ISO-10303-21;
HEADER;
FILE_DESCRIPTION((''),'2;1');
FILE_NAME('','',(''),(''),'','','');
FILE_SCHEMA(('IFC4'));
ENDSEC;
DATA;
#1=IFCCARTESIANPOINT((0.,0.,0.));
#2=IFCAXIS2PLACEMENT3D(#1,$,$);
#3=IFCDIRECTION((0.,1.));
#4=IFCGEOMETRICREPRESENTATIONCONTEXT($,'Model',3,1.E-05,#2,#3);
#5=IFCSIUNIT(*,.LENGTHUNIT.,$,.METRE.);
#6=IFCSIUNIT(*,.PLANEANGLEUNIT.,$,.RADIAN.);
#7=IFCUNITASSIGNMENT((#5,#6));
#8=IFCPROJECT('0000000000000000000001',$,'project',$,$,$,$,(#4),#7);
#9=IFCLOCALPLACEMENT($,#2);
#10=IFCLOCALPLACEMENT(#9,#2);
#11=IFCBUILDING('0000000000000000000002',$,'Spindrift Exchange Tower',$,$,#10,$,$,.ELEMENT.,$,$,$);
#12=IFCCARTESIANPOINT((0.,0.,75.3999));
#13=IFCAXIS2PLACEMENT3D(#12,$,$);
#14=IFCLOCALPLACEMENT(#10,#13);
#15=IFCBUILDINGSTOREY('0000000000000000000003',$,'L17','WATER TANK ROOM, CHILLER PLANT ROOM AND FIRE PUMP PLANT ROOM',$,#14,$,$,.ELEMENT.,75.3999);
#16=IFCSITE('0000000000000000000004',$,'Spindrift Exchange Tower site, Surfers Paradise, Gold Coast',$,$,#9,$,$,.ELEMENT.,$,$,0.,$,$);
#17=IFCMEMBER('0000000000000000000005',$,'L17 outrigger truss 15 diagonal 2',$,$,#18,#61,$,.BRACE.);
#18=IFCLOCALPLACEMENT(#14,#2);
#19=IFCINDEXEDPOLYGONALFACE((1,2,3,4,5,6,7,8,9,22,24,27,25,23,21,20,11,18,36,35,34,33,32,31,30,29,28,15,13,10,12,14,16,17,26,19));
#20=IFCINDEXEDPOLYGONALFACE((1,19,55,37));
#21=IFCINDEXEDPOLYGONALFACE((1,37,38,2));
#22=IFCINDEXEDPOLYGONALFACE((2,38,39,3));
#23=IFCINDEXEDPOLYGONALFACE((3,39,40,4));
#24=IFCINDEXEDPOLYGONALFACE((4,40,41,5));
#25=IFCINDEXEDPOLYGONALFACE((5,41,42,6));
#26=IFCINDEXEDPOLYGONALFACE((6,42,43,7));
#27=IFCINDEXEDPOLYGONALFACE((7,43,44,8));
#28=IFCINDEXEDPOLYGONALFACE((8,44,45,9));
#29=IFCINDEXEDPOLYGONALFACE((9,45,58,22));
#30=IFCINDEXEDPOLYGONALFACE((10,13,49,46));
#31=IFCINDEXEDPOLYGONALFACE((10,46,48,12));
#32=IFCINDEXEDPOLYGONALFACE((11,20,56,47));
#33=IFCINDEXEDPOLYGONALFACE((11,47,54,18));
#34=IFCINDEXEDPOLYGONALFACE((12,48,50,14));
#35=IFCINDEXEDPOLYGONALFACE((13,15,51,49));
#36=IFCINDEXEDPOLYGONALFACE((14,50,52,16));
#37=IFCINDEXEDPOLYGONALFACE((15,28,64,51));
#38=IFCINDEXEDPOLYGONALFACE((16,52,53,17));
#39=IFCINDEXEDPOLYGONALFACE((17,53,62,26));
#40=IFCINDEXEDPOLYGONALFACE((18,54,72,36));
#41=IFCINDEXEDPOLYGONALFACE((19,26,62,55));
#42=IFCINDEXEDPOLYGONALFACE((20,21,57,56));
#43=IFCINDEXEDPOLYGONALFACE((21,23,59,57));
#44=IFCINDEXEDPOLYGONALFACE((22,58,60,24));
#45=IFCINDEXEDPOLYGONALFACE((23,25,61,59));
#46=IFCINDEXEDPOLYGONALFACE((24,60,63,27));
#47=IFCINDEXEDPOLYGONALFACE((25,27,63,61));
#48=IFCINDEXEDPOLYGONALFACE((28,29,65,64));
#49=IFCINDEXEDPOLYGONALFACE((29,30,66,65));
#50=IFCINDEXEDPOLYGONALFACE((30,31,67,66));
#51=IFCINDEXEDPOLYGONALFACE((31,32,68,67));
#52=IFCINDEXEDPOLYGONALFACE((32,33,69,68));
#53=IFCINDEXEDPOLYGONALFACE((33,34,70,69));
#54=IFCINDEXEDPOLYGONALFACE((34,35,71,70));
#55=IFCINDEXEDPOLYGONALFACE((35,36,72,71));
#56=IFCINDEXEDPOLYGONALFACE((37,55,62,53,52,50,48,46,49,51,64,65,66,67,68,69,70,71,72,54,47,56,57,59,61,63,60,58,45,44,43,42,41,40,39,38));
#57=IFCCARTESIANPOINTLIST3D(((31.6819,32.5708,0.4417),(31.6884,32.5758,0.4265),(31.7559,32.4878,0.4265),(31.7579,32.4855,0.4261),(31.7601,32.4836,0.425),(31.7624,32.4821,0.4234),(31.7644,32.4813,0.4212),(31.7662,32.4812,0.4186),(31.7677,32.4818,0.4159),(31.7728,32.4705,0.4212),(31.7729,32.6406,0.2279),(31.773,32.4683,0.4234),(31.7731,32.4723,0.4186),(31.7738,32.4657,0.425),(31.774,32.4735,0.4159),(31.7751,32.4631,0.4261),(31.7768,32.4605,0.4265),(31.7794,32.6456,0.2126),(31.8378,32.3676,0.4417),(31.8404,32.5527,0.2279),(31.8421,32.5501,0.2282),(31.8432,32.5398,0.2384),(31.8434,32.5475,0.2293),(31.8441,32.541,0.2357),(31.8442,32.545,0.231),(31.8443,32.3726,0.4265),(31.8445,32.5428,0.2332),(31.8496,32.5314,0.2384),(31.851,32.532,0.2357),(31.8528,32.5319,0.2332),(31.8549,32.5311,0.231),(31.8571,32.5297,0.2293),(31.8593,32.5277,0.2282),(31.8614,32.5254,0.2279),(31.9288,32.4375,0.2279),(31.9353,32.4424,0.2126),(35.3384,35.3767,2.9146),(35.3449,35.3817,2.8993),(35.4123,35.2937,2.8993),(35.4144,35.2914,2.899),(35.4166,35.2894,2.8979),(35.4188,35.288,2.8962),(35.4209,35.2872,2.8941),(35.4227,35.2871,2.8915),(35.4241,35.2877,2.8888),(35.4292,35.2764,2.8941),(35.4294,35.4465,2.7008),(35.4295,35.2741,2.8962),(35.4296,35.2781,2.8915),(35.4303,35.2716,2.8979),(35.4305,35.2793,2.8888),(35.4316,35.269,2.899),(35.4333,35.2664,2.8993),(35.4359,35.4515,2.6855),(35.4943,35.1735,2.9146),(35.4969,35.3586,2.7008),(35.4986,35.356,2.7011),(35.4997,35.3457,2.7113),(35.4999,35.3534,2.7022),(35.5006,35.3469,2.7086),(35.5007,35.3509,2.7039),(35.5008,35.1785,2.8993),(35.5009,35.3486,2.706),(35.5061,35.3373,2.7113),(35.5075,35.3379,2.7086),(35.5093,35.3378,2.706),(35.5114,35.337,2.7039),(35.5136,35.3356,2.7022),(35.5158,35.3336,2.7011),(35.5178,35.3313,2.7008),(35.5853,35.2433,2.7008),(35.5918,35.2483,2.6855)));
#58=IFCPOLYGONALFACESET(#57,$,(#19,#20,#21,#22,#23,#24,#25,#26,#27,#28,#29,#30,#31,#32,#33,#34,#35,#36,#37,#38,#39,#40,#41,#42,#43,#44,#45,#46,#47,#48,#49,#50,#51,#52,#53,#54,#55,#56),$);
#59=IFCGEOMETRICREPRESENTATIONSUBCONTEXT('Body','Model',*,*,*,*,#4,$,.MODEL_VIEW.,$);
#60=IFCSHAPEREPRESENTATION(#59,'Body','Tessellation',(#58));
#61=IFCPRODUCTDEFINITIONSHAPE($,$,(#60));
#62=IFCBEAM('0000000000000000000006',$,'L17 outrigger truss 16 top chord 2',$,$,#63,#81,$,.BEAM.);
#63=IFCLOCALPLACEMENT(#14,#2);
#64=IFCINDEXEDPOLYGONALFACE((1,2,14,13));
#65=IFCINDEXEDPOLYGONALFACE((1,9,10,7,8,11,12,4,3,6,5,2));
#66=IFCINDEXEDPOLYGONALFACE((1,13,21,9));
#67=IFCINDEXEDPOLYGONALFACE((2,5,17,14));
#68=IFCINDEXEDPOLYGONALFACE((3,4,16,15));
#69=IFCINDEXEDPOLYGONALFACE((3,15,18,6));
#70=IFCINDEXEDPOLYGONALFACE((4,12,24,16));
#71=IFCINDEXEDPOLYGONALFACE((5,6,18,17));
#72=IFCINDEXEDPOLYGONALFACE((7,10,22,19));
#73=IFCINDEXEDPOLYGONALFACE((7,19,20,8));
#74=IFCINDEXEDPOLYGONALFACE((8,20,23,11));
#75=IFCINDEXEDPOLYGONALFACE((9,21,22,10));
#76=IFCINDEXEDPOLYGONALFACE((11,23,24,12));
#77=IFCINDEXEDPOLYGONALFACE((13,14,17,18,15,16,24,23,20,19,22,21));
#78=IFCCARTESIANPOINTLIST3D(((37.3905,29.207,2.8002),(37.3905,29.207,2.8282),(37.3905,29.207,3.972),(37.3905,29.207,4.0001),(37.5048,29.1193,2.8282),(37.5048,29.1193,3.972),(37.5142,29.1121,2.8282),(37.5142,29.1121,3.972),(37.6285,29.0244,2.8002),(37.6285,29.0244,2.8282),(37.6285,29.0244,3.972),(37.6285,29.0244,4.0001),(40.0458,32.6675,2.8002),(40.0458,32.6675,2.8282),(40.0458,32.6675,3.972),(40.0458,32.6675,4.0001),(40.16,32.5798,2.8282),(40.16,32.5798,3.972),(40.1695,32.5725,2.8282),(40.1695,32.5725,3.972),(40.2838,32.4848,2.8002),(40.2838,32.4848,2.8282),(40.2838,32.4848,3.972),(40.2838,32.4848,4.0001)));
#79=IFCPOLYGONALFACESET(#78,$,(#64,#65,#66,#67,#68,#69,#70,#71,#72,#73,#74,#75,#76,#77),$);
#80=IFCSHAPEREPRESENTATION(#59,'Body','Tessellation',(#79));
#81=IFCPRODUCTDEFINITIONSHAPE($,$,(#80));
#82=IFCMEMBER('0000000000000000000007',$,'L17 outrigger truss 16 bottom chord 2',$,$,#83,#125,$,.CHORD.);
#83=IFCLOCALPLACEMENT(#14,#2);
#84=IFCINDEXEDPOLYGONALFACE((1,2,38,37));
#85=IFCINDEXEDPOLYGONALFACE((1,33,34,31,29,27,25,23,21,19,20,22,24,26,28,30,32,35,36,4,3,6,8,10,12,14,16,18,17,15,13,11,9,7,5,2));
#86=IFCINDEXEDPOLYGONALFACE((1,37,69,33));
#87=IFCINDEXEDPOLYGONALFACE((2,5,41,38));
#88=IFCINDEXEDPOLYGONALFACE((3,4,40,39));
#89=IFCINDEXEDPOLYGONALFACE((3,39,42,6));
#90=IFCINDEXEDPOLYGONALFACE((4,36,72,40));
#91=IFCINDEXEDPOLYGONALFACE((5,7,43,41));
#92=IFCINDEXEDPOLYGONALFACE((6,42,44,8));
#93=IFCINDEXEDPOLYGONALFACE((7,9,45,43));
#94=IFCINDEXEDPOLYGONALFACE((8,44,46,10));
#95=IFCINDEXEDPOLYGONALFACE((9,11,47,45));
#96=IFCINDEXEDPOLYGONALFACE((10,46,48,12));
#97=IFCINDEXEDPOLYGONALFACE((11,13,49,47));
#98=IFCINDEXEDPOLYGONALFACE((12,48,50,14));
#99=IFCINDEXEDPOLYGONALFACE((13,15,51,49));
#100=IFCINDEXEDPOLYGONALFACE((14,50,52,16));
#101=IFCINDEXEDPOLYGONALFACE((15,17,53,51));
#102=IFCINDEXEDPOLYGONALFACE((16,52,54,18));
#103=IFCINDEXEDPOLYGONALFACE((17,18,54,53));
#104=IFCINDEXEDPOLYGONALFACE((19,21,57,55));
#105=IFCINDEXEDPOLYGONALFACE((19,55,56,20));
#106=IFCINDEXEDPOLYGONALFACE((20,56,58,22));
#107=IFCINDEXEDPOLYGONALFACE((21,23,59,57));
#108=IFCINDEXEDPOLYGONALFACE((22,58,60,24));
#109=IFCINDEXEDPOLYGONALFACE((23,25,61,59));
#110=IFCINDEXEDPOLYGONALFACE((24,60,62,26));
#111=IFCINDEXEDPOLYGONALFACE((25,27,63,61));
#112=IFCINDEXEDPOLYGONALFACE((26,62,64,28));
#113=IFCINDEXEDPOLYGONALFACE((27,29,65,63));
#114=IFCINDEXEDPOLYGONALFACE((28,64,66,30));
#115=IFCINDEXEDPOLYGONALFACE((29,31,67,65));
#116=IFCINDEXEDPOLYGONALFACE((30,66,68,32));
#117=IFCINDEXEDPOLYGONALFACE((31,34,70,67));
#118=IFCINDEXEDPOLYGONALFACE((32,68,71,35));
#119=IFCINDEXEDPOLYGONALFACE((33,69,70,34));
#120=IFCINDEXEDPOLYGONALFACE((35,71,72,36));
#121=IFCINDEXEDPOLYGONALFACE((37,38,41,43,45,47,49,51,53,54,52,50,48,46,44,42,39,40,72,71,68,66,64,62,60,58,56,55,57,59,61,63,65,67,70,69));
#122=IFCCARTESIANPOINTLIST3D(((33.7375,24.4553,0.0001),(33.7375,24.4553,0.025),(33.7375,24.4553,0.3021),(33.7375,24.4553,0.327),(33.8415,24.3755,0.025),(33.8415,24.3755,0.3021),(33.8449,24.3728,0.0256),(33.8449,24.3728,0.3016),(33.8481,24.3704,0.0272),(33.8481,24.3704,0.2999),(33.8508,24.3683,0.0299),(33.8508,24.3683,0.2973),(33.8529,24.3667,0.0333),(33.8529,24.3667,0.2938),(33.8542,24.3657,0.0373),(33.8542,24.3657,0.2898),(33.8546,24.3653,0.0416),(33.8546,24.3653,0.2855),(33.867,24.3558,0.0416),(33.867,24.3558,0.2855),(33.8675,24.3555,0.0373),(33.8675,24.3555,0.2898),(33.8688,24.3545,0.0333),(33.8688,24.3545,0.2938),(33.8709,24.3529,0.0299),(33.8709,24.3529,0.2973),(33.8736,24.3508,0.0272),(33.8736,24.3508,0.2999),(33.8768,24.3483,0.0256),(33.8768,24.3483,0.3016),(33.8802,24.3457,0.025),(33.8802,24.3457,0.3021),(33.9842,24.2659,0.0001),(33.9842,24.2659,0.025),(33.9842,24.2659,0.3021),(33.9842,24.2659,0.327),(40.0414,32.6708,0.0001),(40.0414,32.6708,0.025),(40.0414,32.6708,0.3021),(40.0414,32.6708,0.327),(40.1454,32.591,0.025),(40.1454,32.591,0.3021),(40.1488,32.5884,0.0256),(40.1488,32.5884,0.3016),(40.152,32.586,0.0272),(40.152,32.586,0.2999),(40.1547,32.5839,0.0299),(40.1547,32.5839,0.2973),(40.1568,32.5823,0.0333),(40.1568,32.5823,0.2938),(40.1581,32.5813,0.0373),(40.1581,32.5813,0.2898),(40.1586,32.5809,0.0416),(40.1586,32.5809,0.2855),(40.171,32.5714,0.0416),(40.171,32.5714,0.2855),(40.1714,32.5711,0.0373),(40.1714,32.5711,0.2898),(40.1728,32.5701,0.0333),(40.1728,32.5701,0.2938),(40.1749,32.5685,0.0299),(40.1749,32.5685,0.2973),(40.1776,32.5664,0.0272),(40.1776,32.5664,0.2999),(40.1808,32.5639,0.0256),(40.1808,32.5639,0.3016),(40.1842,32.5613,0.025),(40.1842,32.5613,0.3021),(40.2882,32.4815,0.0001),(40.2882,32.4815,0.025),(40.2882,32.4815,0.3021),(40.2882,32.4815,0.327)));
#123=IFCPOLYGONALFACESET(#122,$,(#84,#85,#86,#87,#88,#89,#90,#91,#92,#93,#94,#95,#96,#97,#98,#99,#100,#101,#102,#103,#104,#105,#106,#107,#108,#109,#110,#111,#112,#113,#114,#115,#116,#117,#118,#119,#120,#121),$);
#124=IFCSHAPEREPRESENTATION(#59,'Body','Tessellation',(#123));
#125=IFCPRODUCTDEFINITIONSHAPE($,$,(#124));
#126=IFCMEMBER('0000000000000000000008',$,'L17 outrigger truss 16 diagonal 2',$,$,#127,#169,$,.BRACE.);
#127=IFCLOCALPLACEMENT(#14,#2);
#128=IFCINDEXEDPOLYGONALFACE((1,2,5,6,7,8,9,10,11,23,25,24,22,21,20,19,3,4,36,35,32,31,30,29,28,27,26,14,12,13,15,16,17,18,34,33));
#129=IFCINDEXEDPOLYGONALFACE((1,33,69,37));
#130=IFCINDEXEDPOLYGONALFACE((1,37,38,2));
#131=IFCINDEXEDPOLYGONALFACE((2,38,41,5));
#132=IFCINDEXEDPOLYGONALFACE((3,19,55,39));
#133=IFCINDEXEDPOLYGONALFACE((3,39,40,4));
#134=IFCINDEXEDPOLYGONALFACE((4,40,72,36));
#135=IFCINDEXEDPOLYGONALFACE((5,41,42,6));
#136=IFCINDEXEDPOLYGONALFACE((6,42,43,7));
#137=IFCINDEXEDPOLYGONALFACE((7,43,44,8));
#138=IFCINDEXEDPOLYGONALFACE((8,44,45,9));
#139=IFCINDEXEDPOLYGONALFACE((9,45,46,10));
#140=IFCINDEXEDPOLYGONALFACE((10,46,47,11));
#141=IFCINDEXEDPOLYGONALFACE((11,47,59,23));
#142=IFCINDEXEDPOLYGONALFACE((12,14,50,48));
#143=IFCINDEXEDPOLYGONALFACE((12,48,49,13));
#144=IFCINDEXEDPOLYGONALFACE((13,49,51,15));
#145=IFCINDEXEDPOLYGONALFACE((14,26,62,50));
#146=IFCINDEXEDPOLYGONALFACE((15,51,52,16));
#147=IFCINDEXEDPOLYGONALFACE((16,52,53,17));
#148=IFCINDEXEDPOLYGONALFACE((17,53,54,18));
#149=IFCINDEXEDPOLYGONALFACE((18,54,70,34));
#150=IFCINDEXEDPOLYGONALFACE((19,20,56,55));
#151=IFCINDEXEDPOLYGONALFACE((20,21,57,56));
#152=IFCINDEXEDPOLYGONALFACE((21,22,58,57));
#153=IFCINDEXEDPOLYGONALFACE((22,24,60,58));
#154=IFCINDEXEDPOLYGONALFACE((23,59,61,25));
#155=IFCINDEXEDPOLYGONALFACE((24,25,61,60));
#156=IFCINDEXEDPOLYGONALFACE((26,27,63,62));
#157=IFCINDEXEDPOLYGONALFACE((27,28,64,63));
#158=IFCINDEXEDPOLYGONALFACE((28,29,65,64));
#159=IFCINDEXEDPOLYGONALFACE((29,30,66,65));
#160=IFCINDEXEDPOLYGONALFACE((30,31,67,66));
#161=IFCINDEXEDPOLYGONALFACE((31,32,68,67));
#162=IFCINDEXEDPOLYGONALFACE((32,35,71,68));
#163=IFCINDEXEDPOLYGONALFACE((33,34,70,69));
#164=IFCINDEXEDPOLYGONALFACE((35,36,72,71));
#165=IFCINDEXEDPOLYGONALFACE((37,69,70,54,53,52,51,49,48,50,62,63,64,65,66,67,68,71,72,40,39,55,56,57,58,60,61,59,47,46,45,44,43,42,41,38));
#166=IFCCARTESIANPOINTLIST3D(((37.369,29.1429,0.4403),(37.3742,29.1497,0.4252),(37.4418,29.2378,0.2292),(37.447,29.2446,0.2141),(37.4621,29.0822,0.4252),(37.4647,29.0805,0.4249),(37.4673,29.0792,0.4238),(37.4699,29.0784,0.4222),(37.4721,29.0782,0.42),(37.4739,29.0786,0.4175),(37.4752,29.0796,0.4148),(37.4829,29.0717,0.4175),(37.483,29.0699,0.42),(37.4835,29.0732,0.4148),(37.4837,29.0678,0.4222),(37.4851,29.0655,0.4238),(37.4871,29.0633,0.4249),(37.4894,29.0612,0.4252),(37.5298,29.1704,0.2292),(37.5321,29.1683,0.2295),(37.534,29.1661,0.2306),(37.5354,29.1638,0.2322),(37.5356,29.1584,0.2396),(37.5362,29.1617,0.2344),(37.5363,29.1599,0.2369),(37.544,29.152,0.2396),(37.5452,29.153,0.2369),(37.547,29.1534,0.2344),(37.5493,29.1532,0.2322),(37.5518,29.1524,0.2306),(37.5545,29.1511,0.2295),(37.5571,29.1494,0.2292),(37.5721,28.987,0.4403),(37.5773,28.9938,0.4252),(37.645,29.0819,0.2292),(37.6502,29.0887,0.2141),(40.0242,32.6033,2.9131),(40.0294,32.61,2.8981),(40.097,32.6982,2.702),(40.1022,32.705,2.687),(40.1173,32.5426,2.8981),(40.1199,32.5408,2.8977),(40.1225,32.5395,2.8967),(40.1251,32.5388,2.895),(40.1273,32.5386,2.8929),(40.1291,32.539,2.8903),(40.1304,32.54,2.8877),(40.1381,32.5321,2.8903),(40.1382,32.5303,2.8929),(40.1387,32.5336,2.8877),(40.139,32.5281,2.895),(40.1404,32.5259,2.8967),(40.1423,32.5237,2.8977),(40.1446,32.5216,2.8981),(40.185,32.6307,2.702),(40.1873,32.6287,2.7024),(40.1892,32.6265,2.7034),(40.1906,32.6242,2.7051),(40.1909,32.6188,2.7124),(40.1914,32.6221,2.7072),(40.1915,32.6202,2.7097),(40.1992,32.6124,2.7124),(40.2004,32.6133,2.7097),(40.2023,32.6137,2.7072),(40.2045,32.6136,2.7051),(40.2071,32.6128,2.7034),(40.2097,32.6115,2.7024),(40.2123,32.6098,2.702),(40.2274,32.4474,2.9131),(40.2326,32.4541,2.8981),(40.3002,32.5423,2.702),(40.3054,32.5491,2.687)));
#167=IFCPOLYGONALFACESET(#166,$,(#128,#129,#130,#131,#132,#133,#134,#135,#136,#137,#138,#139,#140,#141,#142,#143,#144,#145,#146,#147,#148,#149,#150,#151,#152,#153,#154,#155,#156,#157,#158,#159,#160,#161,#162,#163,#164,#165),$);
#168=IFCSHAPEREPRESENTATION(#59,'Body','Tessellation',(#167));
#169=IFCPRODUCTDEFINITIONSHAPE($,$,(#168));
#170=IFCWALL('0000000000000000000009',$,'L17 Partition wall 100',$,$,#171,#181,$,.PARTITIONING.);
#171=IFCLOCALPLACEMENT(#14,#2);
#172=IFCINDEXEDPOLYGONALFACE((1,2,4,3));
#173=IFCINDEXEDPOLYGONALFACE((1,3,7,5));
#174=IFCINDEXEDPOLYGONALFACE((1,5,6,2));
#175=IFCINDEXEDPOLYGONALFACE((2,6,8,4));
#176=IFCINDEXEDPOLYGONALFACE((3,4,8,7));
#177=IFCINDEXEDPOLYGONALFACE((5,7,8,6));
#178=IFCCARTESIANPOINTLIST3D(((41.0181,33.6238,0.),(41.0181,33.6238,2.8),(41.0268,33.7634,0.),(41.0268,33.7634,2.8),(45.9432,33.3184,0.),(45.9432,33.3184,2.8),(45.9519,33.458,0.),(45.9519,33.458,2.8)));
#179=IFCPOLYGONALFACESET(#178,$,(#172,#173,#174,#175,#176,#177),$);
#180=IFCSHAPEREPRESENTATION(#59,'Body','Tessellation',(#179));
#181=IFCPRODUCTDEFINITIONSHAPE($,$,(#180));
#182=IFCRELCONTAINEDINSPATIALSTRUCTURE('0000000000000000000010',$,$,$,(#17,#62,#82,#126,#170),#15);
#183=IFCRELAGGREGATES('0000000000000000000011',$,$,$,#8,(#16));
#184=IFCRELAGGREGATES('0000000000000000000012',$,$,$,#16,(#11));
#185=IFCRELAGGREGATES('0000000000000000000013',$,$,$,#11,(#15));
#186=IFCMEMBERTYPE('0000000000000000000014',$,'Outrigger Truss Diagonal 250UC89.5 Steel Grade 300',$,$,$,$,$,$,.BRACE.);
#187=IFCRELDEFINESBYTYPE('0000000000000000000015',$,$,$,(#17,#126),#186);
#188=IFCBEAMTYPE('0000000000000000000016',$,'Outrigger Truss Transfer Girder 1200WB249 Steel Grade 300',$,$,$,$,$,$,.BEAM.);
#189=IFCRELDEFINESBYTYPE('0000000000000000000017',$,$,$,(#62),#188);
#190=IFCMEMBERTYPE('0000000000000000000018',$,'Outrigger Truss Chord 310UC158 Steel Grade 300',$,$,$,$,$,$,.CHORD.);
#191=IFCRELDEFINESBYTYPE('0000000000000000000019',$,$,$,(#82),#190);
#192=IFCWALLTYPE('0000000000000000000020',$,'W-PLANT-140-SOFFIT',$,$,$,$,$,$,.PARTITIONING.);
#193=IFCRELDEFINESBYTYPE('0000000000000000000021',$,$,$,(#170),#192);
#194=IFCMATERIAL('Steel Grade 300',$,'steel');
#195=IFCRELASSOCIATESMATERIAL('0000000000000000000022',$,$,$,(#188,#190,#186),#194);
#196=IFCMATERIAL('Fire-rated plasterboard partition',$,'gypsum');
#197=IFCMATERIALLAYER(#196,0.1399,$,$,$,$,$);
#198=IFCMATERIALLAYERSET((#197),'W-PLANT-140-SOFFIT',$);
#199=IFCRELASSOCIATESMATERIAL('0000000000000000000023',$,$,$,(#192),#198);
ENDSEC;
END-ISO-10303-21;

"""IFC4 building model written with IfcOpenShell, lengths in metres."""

from ifc_helpers import new_model, si_unit, direction, frame, frame_2d, origin, origin_2d, place, context, subcontext, project, spatial, rectangle, i_section, extrude, source, transform, mapped, material, layer, layer_set, material_profile, profile_set, type_object, element, save


model = new_model("IFC4")

# Units and contexts
model_context = context("Model", 3, precision=1e-05, world=origin(), true_north=direction((0.0, 1.0)))
body_context = subcontext(model_context, "Body", "Model", "MODEL_VIEW")
ifc_project = project(units=[si_unit("LENGTHUNIT", "METRE"), si_unit("PLANEANGLEUNIT", "RADIAN")], contexts=[model_context])

# Site, building, storey
site_placement = place(None, origin())
site = spatial("IfcSite", under=ifc_project, at=site_placement, Name="Spindrift Exchange Tower site, Surfers Paradise, Gold Coast", CompositionType="ELEMENT", RefElevation=0.0)
building_placement = place(site_placement, origin())
building = spatial("IfcBuilding", under=site, at=building_placement, Name="Spindrift Exchange Tower", CompositionType="ELEMENT")
storey_placement = place(building_placement, frame((0.0, 0.0, 75.3999)))
storey = spatial("IfcBuildingStorey", under=building, at=storey_placement, Name="L17", Description="WATER TANK ROOM, CHILLER PLANT ROOM AND FIRE PUMP PLANT ROOM", CompositionType="ELEMENT", Elevation=75.3999)

# Shared definitions
ifc_material_1 = material(Name="Steel Grade 300", Category="steel")
ifc_material_profile_1 = material_profile(ifc_material_1, i_section(OverallWidth=0.3, OverallDepth=1.2, WebThickness=0.012, FlangeThickness=0.0281, at=origin_2d()), Name="1200WB249")
ifc_profile_set_1 = profile_set([ifc_material_profile_1], Name="Steel Grade 300")
beam_type = type_object("IfcBeamType", Name="Outrigger Truss Transfer Girder 1200WB249 Steel Grade 300", PredefinedType="BEAM", material=ifc_profile_set_1)

# Member
ifc_material_profile_2 = material_profile(ifc_material_1, i_section(OverallWidth=0.311, OverallDepth=0.3269, WebThickness=0.0156, FlangeThickness=0.0249, FilletRadius=0.0166, at=origin_2d()), Name="310UC158")
ifc_profile_set_2 = profile_set([ifc_material_profile_2], Name="Steel Grade 300")
member_type_1 = type_object("IfcMemberType", Name="Outrigger Truss Chord 310UC158 Steel Grade 300", PredefinedType="CHORD", material=ifc_profile_set_2)
ifc_material_profile_3 = material_profile(ifc_material_1, i_section(OverallWidth=0.2561, OverallDepth=0.26, WebThickness=0.0105, FlangeThickness=0.0173, FilletRadius=0.012, at=origin_2d()), Name="250UC89.5")
ifc_profile_set_3 = profile_set([ifc_material_profile_3], Name="Steel Grade 300")
member_type_2 = type_object("IfcMemberType", Name="Outrigger Truss Diagonal 250UC89.5 Steel Grade 300", PredefinedType="BRACE", material=ifc_profile_set_3)
shared_shape_1 = source(origin(), body_context, "Body", "SweptSolid", [
    extrude(i_section(OverallWidth=0.2561, OverallDepth=0.26, WebThickness=0.0105, FlangeThickness=0.0173, FilletRadius=0.012, at=origin_2d()), origin(), (0.0, 0.0, 1.0), 5.2305),
])
member_1_placement = place(storey_placement, frame((35.4651, 35.3125, 2.8), z_axis=(-0.699069, -0.53645, -0.472783), x_axis=(0.608786, -0.793334, 0.0)))
element("IfcMember", 1, at=member_1_placement, inside=storey, type_object=member_type_2, Name="L17 outrigger truss 15 diagonal 2", PredefinedType="BRACE", context=body_context, shape_type="MappedRepresentation", body=[
    mapped(shared_shape_1, transform((0.0, 0.0, 0.0), scale=1.0)),
])

# Beam
shared_shape_2 = source(origin(), body_context, "Body", "SweptSolid", [
    extrude(i_section(OverallWidth=0.3, OverallDepth=1.2, WebThickness=0.012, FlangeThickness=0.0281, at=origin_2d()), origin(), (0.0, 0.0, 1.0), 4.3618),
])
beam_1_placement = place(storey_placement, frame((40.1648, 32.5762, 3.4001), z_axis=(-0.608758, -0.793356, 0.0), x_axis=(0.793356, -0.608758, 0.0)))
element("IfcBeam", 2, at=beam_1_placement, inside=storey, type_object=beam_type, Name="L17 outrigger truss 16 top chord 2", PredefinedType="BEAM", context=body_context, shape_type="MappedRepresentation", body=[
    mapped(shared_shape_2, transform((0.0, 0.0, 0.0), scale=1.0)),
])

# Members
shared_shape_3 = source(origin(), body_context, "Body", "SweptSolid", [
    extrude(i_section(OverallWidth=0.311, OverallDepth=0.3269, WebThickness=0.0156, FlangeThickness=0.0249, FilletRadius=0.0166, at=origin_2d()), origin(), (0.0, 0.0, 1.0), 10.3555),
])
member_2_placement = place(storey_placement, frame((40.1648, 32.5762, 0.1636), z_axis=(-0.608757, -0.793357, 0.0), x_axis=(0.793357, -0.608757, 0.0)))
element("IfcMember", 3, at=member_2_placement, inside=storey, type_object=member_type_1, Name="L17 outrigger truss 16 bottom chord 2", PredefinedType="CHORD", context=body_context, shape_type="MappedRepresentation", body=[
    mapped(shared_shape_3, transform((0.0, 0.0, 0.0), scale=1.0)),
])
shared_shape_4 = source(origin(), body_context, "Body", "SweptSolid", [
    extrude(i_section(OverallWidth=0.2561, OverallDepth=0.26, WebThickness=0.0105, FlangeThickness=0.0173, FilletRadius=0.012, at=origin_2d()), origin(), (0.0, 0.0, 1.0), 5.0139),
])
member_3_placement = place(storey_placement, frame((40.1648, 32.5762, 2.8), z_axis=(-0.52957, -0.690154, -0.493197), x_axis=(0.793356, -0.608758, 0.0)))
element("IfcMember", 4, at=member_3_placement, inside=storey, type_object=member_type_2, Name="L17 outrigger truss 16 diagonal 2", PredefinedType="BRACE", context=body_context, shape_type="MappedRepresentation", body=[
    mapped(shared_shape_4, transform((0.0, 0.0, 0.0), scale=1.0)),
])

# Wall
ifc_material_2 = material(Name="Fire-rated plasterboard partition", Category="gypsum")
ifc_layer_1 = layer(ifc_material_2, 0.1399)
ifc_layer_set_1 = layer_set([ifc_layer_1], Name="W-PLANT-140-SOFFIT")
wall_type_1 = type_object("IfcWallType", Name="W-PLANT-140-SOFFIT", PredefinedType="PARTITIONING", material=ifc_layer_set_1)
wall_1_placement = place(storey_placement, frame((41.0225, 33.6936, 0.0), z_axis=(0.0, 0.0, 1.0), x_axis=(0.998083, -0.061895, 0.0)))
element("IfcWall", 5, at=wall_1_placement, inside=storey, type_object=wall_type_1, Name="L17 Partition wall 100", PredefinedType="PARTITIONING", context=body_context, shape_type="SweptSolid", body=[
    extrude(rectangle(XDim=4.9346, YDim=0.1399, at=frame_2d((2.4673, 0.0))), origin(), (0.0, 0.0, 1.0), 2.8),
])

save(model, "model.ifc")
